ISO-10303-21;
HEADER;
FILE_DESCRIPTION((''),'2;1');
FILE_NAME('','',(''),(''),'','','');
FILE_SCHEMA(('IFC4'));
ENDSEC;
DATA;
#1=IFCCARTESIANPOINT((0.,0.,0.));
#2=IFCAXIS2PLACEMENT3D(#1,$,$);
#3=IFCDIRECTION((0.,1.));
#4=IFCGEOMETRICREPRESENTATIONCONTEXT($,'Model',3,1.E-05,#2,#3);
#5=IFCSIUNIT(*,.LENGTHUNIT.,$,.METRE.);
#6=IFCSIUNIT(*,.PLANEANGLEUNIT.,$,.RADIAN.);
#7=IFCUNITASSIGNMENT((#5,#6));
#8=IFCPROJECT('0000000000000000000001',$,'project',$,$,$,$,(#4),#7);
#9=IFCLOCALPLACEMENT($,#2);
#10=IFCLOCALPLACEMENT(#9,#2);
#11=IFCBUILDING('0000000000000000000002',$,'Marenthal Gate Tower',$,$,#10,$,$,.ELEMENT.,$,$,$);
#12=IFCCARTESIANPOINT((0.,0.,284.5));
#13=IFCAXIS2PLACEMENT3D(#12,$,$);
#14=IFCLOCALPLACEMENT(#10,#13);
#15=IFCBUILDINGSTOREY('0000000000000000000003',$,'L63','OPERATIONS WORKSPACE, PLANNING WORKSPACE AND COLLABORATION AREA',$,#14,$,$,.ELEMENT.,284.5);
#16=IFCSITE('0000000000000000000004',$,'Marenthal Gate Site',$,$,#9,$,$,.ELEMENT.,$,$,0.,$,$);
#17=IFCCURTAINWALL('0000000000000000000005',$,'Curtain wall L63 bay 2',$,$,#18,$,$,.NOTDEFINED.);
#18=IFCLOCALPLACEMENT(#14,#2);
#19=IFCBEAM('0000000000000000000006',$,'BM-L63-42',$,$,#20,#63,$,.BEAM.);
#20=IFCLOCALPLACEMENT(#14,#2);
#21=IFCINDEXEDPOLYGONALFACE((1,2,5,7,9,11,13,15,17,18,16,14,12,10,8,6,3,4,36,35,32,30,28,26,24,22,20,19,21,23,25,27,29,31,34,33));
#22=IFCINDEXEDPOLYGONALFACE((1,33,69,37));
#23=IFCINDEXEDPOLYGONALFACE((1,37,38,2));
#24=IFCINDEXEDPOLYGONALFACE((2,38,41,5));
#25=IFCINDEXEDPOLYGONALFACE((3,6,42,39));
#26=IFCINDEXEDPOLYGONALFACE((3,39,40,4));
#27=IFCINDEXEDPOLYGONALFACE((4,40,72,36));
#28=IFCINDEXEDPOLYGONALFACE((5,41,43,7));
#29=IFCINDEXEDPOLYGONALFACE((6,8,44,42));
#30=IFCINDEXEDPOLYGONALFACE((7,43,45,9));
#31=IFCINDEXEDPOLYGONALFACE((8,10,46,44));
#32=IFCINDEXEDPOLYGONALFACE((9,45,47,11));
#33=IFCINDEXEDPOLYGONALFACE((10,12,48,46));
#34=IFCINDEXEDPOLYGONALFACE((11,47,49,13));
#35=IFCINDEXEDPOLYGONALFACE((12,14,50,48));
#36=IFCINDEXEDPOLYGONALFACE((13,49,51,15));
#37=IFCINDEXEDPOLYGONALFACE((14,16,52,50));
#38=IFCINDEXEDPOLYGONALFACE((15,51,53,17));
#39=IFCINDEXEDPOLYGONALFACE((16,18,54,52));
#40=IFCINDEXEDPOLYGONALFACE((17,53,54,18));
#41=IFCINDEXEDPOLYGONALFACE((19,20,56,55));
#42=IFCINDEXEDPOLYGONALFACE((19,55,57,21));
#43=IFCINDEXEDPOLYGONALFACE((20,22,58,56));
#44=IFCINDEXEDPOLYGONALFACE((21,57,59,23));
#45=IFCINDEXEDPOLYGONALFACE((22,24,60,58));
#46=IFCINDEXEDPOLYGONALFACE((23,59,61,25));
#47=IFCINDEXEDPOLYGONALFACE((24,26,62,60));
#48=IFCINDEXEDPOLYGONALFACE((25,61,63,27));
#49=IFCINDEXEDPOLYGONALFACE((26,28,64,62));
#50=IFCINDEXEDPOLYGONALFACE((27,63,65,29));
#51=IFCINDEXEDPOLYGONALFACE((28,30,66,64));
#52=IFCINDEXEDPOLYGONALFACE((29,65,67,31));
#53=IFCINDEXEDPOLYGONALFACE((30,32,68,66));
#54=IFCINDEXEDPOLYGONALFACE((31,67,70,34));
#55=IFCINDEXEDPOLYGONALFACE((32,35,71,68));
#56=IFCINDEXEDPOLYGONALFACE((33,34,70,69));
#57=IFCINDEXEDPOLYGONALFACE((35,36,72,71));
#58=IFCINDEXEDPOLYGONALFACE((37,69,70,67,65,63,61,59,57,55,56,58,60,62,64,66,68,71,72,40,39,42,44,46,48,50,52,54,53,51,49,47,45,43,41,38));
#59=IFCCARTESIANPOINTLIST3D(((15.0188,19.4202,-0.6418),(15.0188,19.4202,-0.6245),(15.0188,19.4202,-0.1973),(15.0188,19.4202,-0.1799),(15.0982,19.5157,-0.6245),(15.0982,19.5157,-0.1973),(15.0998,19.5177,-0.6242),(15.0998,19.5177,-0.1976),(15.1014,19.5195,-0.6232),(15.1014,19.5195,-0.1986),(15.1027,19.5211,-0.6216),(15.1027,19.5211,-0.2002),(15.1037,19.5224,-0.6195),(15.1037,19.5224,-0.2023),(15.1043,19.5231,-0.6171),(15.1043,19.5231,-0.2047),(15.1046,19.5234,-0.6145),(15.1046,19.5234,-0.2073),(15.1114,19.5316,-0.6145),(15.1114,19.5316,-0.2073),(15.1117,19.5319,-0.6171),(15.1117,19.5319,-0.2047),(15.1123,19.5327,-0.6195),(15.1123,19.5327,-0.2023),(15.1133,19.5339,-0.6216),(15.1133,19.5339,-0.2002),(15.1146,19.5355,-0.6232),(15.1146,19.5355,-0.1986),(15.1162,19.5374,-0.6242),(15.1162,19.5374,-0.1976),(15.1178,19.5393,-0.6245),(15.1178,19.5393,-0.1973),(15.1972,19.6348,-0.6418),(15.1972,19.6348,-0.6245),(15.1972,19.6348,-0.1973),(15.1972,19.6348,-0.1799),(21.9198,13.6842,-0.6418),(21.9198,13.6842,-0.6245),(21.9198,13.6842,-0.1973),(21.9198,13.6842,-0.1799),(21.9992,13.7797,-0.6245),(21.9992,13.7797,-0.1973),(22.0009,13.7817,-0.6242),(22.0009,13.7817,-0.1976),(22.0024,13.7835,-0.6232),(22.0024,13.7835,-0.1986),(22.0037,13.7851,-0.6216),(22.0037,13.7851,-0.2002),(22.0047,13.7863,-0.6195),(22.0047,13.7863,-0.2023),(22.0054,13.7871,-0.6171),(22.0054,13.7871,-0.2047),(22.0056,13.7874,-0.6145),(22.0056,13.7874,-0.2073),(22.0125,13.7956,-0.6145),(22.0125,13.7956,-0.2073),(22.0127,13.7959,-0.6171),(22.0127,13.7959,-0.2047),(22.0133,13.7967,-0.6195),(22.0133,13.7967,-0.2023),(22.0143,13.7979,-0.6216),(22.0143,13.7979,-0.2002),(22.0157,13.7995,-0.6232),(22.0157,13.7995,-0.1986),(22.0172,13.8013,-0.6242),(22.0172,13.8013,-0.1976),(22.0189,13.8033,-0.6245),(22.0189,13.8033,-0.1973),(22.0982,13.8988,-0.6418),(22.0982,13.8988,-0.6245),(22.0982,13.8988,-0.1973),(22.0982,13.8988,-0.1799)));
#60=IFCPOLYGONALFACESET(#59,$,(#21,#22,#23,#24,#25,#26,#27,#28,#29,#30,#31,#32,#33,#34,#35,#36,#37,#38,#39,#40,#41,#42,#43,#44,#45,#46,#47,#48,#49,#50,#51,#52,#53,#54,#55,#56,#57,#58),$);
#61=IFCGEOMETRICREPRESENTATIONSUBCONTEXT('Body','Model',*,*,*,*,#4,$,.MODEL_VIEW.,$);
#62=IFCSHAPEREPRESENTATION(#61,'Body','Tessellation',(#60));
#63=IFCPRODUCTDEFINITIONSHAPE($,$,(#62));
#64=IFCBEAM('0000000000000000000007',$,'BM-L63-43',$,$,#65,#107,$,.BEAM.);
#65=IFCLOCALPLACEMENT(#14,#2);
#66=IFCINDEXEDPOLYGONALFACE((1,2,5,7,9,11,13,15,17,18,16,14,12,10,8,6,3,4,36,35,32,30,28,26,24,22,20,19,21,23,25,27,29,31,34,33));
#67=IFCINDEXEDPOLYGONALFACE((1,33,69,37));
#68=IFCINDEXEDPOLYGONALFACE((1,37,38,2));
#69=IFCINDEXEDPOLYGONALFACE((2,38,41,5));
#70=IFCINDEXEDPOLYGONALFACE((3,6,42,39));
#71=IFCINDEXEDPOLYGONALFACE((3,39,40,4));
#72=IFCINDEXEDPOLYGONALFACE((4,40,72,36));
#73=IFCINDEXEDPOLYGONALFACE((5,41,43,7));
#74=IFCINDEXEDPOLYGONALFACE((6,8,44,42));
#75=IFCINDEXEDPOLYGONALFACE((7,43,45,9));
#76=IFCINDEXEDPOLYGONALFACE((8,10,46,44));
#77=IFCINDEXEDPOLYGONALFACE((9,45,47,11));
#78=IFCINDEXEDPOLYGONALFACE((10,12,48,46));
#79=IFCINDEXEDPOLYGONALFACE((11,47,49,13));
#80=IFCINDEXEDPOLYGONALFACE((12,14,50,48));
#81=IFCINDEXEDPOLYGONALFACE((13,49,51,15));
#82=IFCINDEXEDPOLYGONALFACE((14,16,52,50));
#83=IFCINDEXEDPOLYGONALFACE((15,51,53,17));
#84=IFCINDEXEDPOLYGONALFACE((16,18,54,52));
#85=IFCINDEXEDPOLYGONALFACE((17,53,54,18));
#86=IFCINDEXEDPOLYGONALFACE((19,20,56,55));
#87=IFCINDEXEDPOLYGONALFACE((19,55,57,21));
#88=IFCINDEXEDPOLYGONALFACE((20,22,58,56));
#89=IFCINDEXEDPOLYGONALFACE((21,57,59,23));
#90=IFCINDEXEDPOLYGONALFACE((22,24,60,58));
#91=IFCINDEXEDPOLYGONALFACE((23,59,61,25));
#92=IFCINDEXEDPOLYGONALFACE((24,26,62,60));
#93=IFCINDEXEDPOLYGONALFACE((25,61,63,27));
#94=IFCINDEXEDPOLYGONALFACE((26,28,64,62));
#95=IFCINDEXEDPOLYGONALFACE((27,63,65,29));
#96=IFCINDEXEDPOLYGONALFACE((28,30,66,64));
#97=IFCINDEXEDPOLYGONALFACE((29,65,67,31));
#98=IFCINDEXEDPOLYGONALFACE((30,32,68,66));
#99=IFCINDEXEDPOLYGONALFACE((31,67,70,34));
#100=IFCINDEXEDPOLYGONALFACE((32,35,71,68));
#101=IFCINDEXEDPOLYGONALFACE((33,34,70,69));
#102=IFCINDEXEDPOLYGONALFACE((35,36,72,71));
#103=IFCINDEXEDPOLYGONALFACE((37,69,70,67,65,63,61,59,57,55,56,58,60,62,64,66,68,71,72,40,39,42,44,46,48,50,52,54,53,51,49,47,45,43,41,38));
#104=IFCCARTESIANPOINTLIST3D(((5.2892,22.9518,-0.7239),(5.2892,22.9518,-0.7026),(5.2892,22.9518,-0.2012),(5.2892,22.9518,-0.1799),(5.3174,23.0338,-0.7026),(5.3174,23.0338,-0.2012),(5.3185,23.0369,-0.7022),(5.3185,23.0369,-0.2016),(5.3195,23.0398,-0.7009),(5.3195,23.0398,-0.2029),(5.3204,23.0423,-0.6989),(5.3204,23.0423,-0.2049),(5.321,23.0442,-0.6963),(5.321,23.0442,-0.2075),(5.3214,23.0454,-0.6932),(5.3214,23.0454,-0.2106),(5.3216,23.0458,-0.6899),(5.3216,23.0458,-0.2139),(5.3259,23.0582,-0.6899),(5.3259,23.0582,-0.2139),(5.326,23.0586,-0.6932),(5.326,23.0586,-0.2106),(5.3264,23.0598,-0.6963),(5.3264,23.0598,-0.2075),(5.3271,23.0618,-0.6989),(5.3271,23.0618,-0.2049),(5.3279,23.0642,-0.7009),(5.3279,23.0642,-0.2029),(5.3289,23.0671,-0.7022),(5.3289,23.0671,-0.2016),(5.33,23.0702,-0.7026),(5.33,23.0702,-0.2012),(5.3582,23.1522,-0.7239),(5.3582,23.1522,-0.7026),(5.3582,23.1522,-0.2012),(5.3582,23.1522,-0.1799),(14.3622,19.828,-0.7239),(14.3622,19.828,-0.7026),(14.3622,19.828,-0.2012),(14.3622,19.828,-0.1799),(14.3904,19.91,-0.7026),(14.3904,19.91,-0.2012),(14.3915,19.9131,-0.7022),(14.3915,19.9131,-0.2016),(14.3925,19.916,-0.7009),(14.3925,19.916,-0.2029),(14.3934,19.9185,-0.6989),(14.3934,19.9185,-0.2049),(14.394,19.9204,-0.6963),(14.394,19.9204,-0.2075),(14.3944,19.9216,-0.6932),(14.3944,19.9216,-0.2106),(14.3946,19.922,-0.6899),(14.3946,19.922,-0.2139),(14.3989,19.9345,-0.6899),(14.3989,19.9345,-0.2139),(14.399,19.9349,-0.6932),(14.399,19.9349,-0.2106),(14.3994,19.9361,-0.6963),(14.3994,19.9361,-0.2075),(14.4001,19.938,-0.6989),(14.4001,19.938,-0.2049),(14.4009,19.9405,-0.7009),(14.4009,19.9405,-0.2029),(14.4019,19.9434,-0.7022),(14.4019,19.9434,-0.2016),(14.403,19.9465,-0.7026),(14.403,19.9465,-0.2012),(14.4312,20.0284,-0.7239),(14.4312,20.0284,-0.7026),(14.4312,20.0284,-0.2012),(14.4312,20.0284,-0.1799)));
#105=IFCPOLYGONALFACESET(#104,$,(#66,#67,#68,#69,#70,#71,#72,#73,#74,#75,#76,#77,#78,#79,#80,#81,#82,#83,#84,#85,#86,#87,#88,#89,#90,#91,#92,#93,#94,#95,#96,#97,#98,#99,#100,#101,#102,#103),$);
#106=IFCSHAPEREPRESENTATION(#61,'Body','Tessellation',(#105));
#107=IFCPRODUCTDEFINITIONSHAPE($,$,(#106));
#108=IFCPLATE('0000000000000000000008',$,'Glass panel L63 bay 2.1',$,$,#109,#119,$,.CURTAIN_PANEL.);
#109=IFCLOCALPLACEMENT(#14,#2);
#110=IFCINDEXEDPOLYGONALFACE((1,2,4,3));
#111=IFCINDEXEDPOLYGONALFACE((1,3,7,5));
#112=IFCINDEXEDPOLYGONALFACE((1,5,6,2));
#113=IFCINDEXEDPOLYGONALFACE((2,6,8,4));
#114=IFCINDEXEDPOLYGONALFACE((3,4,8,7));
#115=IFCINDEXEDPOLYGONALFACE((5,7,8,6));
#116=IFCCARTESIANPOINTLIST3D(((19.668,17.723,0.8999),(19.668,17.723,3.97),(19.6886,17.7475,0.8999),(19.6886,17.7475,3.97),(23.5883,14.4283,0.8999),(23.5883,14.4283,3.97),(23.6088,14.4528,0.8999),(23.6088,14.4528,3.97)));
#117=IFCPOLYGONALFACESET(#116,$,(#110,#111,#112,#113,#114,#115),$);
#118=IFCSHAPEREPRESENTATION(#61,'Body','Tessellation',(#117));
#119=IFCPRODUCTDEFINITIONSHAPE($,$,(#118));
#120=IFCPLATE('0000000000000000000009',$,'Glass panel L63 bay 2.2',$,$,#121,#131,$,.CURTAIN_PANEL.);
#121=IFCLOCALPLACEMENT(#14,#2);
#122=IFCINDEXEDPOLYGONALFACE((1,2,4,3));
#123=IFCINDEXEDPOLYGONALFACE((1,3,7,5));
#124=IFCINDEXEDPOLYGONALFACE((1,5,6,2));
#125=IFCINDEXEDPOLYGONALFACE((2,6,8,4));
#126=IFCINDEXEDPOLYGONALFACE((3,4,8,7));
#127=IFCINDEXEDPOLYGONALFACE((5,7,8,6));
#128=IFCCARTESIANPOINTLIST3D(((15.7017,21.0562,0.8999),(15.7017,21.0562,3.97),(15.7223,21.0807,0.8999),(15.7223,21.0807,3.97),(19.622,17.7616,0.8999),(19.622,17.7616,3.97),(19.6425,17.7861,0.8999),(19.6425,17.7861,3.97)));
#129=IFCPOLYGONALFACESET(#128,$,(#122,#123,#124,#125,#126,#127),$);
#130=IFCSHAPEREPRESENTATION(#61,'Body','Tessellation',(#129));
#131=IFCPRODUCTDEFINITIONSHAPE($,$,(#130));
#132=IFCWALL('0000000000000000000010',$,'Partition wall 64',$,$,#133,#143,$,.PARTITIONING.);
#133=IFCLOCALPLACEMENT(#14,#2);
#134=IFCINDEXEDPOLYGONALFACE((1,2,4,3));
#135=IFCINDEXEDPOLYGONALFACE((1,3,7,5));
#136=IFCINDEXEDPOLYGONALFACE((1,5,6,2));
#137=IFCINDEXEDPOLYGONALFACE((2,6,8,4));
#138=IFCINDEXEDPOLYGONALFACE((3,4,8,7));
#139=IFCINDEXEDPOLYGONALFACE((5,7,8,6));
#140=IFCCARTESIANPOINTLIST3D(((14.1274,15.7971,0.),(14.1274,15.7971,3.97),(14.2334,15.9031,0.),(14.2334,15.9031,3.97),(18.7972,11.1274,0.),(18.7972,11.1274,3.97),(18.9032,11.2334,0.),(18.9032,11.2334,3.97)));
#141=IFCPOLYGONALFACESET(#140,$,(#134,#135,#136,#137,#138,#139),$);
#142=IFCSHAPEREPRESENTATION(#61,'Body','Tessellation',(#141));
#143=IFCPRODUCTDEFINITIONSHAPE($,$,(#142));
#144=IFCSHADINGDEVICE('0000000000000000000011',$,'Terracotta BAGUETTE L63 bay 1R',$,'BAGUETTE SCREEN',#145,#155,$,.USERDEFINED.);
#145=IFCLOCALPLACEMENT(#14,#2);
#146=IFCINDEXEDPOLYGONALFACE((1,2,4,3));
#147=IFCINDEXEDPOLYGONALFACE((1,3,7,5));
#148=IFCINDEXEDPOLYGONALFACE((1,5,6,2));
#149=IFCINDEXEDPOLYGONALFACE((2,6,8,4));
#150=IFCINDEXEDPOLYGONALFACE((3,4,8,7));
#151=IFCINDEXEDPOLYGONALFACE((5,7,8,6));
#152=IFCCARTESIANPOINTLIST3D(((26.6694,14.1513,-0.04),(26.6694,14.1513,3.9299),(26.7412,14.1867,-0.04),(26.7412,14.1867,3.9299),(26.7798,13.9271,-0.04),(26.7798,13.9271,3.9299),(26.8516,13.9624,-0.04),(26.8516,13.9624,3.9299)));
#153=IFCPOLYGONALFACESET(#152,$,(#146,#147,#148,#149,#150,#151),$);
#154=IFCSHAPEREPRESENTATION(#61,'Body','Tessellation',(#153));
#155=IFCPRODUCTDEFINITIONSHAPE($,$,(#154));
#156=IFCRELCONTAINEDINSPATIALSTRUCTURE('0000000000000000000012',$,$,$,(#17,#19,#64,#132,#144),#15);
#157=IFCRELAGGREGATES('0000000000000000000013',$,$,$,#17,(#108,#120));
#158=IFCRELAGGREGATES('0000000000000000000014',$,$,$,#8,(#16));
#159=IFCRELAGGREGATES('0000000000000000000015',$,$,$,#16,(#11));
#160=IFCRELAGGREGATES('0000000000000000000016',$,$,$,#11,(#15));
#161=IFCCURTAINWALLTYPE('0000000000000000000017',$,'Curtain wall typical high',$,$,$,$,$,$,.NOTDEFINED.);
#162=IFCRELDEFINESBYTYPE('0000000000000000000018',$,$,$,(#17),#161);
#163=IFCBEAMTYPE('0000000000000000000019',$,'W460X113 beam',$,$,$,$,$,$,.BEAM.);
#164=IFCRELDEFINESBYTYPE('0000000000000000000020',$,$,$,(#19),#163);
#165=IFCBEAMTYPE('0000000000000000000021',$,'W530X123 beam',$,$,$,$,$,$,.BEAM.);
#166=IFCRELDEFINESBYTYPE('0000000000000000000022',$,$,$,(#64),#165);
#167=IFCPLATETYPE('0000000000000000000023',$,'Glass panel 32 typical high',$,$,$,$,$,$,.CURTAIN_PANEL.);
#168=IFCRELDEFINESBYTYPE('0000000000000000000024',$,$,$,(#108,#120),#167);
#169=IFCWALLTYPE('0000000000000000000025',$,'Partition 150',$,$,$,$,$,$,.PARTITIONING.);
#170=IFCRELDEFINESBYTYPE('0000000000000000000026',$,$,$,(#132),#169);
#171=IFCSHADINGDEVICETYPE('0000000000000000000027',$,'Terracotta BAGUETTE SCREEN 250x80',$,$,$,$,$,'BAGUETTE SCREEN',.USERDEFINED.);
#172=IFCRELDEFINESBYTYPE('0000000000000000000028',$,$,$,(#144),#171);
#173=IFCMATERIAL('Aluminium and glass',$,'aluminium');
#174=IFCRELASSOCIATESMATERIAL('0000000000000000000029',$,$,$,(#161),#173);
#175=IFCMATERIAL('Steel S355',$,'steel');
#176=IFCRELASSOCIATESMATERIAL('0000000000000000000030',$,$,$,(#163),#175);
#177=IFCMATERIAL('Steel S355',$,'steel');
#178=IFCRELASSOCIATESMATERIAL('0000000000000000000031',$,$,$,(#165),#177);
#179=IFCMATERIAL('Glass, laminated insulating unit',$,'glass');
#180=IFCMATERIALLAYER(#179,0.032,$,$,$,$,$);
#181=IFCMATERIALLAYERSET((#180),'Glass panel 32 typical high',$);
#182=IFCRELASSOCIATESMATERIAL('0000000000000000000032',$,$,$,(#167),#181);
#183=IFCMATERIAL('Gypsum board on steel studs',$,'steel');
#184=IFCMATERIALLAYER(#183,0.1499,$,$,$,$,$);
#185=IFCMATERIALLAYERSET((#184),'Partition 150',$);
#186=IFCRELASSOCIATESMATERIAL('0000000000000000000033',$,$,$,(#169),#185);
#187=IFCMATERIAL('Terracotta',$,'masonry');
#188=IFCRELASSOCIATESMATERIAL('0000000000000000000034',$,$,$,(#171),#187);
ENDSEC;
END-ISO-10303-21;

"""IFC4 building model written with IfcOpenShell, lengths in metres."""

from ifc_helpers import new_model, si_unit, direction, frame, frame_2d, origin, origin_2d, place, context, subcontext, project, spatial, rectangle, i_section, extrude, material, layer, layer_set, material_profile, profile_set, type_object, element, aggregate, save


model = new_model("IFC4")

# Units and contexts
model_context = context("Model", 3, precision=1e-05, world=origin(), true_north=direction((0.0, 1.0)))
body_context = subcontext(model_context, "Body", "Model", "MODEL_VIEW")
ifc_project = project(units=[si_unit("LENGTHUNIT", "METRE"), si_unit("PLANEANGLEUNIT", "RADIAN")], contexts=[model_context])

# Site, building, storey
site_placement = place(None, origin())
site = spatial("IfcSite", under=ifc_project, at=site_placement, Name="Marenthal Gate Site", CompositionType="ELEMENT", RefElevation=0.0)
building_placement = place(site_placement, origin())
building = spatial("IfcBuilding", under=site, at=building_placement, Name="Marenthal Gate Tower", CompositionType="ELEMENT")
storey_placement = place(building_placement, frame((0.0, 0.0, 284.5)))
storey = spatial("IfcBuildingStorey", under=building, at=storey_placement, Name="L63", Description="OPERATIONS WORKSPACE, PLANNING WORKSPACE AND COLLABORATION AREA", CompositionType="ELEMENT", Elevation=284.5)

# Curtain wall
ifc_material_1 = material(Name="Aluminium and glass", Category="aluminium")
curtain_wall_type = type_object("IfcCurtainWallType", Name="Curtain wall typical high", PredefinedType="NOTDEFINED", material=ifc_material_1)
curtain_wall_placement = place(storey_placement, origin())
curtain_wall = element("IfcCurtainWall", 1, at=curtain_wall_placement, inside=storey, type_object=curtain_wall_type, Name="Curtain wall L63 bay 2", PredefinedType="NOTDEFINED")

# Beams
ifc_material_2 = material(Name="Steel S355", Category="steel")
ifc_material_profile_1 = material_profile(ifc_material_2, i_section(OverallWidth=0.2791, OverallDepth=0.4619, WebThickness=0.0107, FlangeThickness=0.0173, FilletRadius=0.01, at=origin_2d()), Name="W460X113")
ifc_profile_set_1 = profile_set([ifc_material_profile_1], Name="Steel S355")
beam_type_1 = type_object("IfcBeamType", Name="W460X113 beam", PredefinedType="BEAM", material=ifc_profile_set_1)
beam_1_placement = place(storey_placement, frame((22.009, 13.7915, -0.4109), z_axis=(-0.769035, 0.639207, 0.0), x_axis=(-0.639207, -0.769035, 0.0)))
element("IfcBeam", 2, at=beam_1_placement, inside=storey, type_object=beam_type_1, Name="BM-L63-42", PredefinedType="BEAM", context=body_context, shape_type="SweptSolid", body=[
    extrude(i_section(OverallWidth=0.2791, OverallDepth=0.4619, WebThickness=0.0107, FlangeThickness=0.0173, FilletRadius=0.01, at=origin_2d()), origin(), (0.0, 0.0, 1.0), 8.9736),
])
ifc_material_3 = material(Name="Steel S355", Category="steel")
ifc_material_profile_2 = material_profile(ifc_material_3, i_section(OverallWidth=0.2119, OverallDepth=0.5439, WebThickness=0.0132, FlangeThickness=0.0212, FilletRadius=0.0127, at=origin_2d()), Name="W530X123")
ifc_profile_set_2 = profile_set([ifc_material_profile_2], Name="Steel S355")
beam_type_2 = type_object("IfcBeamType", Name="W530X123 beam", PredefinedType="BEAM", material=ifc_profile_set_2)
beam_2_placement = place(storey_placement, frame((14.3967, 19.9282, -0.4519), z_axis=(-0.945528, 0.32554, 0.0), x_axis=(-0.32554, -0.945528, 0.0)))
element("IfcBeam", 3, at=beam_2_placement, inside=storey, type_object=beam_type_2, Name="BM-L63-43", PredefinedType="BEAM", context=body_context, shape_type="SweptSolid", body=[
    extrude(i_section(OverallWidth=0.2119, OverallDepth=0.5439, WebThickness=0.0132, FlangeThickness=0.0212, FilletRadius=0.0127, at=origin_2d()), origin(), (0.0, 0.0, 1.0), 9.5957),
])

# Plates
ifc_material_4 = material(Name="Glass, laminated insulating unit", Category="glass")
ifc_layer_1 = layer(ifc_material_4, 0.032)
ifc_layer_set_1 = layer_set([ifc_layer_1], Name="Glass panel 32 typical high")
plate_type = type_object("IfcPlateType", Name="Glass panel 32 typical high", PredefinedType="CURTAIN_PANEL", material=ifc_layer_set_1)
plate_1_placement = place(storey_placement, frame((21.6384, 16.0879, 0.8999), z_axis=(0.0, 0.0, 1.0), x_axis=(-0.765547, 0.64338, 0.0)))
plate_1 = element("IfcPlate", 4, at=plate_1_placement, type_object=plate_type, Name="Glass panel L63 bay 2.1", PredefinedType="CURTAIN_PANEL", context=body_context, shape_type="SweptSolid", body=[
    extrude(rectangle(XDim=5.1208, YDim=0.032, at=origin_2d()), origin(), (0.0, 0.0, 1.0), 3.0701),
])
plate_2_placement = place(storey_placement, frame((17.6721, 19.4211, 0.8999), z_axis=(0.0, 0.0, 1.0), x_axis=(-0.765547, 0.64338, 0.0)))
plate_2 = element("IfcPlate", 5, at=plate_2_placement, type_object=plate_type, Name="Glass panel L63 bay 2.2", PredefinedType="CURTAIN_PANEL", context=body_context, shape_type="SweptSolid", body=[
    extrude(rectangle(XDim=5.1208, YDim=0.032, at=origin_2d()), origin(), (0.0, 0.0, 1.0), 3.0701),
])
aggregate(curtain_wall, [plate_1, plate_2])

# Wall
ifc_material_5 = material(Name="Gypsum board on steel studs", Category="steel")
ifc_layer_2 = layer(ifc_material_5, 0.1499)
ifc_layer_set_2 = layer_set([ifc_layer_2], Name="Partition 150")
wall_type_1 = type_object("IfcWallType", Name="Partition 150", PredefinedType="PARTITIONING", material=ifc_layer_set_2)
wall_1_placement = place(storey_placement, frame((14.1804, 15.8501, 0.0), z_axis=(0.0, 0.0, 1.0), x_axis=(0.707107, -0.707107, 0.0)))
element("IfcWall", 6, at=wall_1_placement, inside=storey, type_object=wall_type_1, Name="Partition wall 64", PredefinedType="PARTITIONING", context=body_context, shape_type="SweptSolid", body=[
    extrude(rectangle(XDim=6.604, YDim=0.1499, at=frame_2d((3.302, 0.0))), origin(), (0.0, 0.0, 1.0), 3.97),
])

# Shading device
ifc_material_6 = material(Name="Terracotta", Category="masonry")
ifc_material_profile_3 = material_profile(ifc_material_6, rectangle(XDim=0.25, YDim=0.0801, at=origin_2d()), Name="Terracotta baguette 250x80")
ifc_profile_set_3 = profile_set([ifc_material_profile_3], Name="Terracotta")
shading_device_type = type_object("IfcShadingDeviceType", Name="Terracotta BAGUETTE SCREEN 250x80", ElementType="BAGUETTE SCREEN", PredefinedType="USERDEFINED", material=ifc_profile_set_3)
shading_device_placement = place(storey_placement, frame((26.7605, 14.0569, -0.04), z_axis=(0.0, 0.0, 1.0), x_axis=(-0.441711, 0.897157, 0.0)))
element("IfcShadingDevice", 7, at=shading_device_placement, inside=storey, type_object=shading_device_type, Name="Terracotta BAGUETTE L63 bay 1R", ObjectType="BAGUETTE SCREEN", PredefinedType="USERDEFINED", context=body_context, shape_type="SweptSolid", body=[
    extrude(rectangle(XDim=0.25, YDim=0.0801, at=origin_2d()), origin(), (0.0, 0.0, 1.0), 3.97),
])

save(model, "model.ifc")
